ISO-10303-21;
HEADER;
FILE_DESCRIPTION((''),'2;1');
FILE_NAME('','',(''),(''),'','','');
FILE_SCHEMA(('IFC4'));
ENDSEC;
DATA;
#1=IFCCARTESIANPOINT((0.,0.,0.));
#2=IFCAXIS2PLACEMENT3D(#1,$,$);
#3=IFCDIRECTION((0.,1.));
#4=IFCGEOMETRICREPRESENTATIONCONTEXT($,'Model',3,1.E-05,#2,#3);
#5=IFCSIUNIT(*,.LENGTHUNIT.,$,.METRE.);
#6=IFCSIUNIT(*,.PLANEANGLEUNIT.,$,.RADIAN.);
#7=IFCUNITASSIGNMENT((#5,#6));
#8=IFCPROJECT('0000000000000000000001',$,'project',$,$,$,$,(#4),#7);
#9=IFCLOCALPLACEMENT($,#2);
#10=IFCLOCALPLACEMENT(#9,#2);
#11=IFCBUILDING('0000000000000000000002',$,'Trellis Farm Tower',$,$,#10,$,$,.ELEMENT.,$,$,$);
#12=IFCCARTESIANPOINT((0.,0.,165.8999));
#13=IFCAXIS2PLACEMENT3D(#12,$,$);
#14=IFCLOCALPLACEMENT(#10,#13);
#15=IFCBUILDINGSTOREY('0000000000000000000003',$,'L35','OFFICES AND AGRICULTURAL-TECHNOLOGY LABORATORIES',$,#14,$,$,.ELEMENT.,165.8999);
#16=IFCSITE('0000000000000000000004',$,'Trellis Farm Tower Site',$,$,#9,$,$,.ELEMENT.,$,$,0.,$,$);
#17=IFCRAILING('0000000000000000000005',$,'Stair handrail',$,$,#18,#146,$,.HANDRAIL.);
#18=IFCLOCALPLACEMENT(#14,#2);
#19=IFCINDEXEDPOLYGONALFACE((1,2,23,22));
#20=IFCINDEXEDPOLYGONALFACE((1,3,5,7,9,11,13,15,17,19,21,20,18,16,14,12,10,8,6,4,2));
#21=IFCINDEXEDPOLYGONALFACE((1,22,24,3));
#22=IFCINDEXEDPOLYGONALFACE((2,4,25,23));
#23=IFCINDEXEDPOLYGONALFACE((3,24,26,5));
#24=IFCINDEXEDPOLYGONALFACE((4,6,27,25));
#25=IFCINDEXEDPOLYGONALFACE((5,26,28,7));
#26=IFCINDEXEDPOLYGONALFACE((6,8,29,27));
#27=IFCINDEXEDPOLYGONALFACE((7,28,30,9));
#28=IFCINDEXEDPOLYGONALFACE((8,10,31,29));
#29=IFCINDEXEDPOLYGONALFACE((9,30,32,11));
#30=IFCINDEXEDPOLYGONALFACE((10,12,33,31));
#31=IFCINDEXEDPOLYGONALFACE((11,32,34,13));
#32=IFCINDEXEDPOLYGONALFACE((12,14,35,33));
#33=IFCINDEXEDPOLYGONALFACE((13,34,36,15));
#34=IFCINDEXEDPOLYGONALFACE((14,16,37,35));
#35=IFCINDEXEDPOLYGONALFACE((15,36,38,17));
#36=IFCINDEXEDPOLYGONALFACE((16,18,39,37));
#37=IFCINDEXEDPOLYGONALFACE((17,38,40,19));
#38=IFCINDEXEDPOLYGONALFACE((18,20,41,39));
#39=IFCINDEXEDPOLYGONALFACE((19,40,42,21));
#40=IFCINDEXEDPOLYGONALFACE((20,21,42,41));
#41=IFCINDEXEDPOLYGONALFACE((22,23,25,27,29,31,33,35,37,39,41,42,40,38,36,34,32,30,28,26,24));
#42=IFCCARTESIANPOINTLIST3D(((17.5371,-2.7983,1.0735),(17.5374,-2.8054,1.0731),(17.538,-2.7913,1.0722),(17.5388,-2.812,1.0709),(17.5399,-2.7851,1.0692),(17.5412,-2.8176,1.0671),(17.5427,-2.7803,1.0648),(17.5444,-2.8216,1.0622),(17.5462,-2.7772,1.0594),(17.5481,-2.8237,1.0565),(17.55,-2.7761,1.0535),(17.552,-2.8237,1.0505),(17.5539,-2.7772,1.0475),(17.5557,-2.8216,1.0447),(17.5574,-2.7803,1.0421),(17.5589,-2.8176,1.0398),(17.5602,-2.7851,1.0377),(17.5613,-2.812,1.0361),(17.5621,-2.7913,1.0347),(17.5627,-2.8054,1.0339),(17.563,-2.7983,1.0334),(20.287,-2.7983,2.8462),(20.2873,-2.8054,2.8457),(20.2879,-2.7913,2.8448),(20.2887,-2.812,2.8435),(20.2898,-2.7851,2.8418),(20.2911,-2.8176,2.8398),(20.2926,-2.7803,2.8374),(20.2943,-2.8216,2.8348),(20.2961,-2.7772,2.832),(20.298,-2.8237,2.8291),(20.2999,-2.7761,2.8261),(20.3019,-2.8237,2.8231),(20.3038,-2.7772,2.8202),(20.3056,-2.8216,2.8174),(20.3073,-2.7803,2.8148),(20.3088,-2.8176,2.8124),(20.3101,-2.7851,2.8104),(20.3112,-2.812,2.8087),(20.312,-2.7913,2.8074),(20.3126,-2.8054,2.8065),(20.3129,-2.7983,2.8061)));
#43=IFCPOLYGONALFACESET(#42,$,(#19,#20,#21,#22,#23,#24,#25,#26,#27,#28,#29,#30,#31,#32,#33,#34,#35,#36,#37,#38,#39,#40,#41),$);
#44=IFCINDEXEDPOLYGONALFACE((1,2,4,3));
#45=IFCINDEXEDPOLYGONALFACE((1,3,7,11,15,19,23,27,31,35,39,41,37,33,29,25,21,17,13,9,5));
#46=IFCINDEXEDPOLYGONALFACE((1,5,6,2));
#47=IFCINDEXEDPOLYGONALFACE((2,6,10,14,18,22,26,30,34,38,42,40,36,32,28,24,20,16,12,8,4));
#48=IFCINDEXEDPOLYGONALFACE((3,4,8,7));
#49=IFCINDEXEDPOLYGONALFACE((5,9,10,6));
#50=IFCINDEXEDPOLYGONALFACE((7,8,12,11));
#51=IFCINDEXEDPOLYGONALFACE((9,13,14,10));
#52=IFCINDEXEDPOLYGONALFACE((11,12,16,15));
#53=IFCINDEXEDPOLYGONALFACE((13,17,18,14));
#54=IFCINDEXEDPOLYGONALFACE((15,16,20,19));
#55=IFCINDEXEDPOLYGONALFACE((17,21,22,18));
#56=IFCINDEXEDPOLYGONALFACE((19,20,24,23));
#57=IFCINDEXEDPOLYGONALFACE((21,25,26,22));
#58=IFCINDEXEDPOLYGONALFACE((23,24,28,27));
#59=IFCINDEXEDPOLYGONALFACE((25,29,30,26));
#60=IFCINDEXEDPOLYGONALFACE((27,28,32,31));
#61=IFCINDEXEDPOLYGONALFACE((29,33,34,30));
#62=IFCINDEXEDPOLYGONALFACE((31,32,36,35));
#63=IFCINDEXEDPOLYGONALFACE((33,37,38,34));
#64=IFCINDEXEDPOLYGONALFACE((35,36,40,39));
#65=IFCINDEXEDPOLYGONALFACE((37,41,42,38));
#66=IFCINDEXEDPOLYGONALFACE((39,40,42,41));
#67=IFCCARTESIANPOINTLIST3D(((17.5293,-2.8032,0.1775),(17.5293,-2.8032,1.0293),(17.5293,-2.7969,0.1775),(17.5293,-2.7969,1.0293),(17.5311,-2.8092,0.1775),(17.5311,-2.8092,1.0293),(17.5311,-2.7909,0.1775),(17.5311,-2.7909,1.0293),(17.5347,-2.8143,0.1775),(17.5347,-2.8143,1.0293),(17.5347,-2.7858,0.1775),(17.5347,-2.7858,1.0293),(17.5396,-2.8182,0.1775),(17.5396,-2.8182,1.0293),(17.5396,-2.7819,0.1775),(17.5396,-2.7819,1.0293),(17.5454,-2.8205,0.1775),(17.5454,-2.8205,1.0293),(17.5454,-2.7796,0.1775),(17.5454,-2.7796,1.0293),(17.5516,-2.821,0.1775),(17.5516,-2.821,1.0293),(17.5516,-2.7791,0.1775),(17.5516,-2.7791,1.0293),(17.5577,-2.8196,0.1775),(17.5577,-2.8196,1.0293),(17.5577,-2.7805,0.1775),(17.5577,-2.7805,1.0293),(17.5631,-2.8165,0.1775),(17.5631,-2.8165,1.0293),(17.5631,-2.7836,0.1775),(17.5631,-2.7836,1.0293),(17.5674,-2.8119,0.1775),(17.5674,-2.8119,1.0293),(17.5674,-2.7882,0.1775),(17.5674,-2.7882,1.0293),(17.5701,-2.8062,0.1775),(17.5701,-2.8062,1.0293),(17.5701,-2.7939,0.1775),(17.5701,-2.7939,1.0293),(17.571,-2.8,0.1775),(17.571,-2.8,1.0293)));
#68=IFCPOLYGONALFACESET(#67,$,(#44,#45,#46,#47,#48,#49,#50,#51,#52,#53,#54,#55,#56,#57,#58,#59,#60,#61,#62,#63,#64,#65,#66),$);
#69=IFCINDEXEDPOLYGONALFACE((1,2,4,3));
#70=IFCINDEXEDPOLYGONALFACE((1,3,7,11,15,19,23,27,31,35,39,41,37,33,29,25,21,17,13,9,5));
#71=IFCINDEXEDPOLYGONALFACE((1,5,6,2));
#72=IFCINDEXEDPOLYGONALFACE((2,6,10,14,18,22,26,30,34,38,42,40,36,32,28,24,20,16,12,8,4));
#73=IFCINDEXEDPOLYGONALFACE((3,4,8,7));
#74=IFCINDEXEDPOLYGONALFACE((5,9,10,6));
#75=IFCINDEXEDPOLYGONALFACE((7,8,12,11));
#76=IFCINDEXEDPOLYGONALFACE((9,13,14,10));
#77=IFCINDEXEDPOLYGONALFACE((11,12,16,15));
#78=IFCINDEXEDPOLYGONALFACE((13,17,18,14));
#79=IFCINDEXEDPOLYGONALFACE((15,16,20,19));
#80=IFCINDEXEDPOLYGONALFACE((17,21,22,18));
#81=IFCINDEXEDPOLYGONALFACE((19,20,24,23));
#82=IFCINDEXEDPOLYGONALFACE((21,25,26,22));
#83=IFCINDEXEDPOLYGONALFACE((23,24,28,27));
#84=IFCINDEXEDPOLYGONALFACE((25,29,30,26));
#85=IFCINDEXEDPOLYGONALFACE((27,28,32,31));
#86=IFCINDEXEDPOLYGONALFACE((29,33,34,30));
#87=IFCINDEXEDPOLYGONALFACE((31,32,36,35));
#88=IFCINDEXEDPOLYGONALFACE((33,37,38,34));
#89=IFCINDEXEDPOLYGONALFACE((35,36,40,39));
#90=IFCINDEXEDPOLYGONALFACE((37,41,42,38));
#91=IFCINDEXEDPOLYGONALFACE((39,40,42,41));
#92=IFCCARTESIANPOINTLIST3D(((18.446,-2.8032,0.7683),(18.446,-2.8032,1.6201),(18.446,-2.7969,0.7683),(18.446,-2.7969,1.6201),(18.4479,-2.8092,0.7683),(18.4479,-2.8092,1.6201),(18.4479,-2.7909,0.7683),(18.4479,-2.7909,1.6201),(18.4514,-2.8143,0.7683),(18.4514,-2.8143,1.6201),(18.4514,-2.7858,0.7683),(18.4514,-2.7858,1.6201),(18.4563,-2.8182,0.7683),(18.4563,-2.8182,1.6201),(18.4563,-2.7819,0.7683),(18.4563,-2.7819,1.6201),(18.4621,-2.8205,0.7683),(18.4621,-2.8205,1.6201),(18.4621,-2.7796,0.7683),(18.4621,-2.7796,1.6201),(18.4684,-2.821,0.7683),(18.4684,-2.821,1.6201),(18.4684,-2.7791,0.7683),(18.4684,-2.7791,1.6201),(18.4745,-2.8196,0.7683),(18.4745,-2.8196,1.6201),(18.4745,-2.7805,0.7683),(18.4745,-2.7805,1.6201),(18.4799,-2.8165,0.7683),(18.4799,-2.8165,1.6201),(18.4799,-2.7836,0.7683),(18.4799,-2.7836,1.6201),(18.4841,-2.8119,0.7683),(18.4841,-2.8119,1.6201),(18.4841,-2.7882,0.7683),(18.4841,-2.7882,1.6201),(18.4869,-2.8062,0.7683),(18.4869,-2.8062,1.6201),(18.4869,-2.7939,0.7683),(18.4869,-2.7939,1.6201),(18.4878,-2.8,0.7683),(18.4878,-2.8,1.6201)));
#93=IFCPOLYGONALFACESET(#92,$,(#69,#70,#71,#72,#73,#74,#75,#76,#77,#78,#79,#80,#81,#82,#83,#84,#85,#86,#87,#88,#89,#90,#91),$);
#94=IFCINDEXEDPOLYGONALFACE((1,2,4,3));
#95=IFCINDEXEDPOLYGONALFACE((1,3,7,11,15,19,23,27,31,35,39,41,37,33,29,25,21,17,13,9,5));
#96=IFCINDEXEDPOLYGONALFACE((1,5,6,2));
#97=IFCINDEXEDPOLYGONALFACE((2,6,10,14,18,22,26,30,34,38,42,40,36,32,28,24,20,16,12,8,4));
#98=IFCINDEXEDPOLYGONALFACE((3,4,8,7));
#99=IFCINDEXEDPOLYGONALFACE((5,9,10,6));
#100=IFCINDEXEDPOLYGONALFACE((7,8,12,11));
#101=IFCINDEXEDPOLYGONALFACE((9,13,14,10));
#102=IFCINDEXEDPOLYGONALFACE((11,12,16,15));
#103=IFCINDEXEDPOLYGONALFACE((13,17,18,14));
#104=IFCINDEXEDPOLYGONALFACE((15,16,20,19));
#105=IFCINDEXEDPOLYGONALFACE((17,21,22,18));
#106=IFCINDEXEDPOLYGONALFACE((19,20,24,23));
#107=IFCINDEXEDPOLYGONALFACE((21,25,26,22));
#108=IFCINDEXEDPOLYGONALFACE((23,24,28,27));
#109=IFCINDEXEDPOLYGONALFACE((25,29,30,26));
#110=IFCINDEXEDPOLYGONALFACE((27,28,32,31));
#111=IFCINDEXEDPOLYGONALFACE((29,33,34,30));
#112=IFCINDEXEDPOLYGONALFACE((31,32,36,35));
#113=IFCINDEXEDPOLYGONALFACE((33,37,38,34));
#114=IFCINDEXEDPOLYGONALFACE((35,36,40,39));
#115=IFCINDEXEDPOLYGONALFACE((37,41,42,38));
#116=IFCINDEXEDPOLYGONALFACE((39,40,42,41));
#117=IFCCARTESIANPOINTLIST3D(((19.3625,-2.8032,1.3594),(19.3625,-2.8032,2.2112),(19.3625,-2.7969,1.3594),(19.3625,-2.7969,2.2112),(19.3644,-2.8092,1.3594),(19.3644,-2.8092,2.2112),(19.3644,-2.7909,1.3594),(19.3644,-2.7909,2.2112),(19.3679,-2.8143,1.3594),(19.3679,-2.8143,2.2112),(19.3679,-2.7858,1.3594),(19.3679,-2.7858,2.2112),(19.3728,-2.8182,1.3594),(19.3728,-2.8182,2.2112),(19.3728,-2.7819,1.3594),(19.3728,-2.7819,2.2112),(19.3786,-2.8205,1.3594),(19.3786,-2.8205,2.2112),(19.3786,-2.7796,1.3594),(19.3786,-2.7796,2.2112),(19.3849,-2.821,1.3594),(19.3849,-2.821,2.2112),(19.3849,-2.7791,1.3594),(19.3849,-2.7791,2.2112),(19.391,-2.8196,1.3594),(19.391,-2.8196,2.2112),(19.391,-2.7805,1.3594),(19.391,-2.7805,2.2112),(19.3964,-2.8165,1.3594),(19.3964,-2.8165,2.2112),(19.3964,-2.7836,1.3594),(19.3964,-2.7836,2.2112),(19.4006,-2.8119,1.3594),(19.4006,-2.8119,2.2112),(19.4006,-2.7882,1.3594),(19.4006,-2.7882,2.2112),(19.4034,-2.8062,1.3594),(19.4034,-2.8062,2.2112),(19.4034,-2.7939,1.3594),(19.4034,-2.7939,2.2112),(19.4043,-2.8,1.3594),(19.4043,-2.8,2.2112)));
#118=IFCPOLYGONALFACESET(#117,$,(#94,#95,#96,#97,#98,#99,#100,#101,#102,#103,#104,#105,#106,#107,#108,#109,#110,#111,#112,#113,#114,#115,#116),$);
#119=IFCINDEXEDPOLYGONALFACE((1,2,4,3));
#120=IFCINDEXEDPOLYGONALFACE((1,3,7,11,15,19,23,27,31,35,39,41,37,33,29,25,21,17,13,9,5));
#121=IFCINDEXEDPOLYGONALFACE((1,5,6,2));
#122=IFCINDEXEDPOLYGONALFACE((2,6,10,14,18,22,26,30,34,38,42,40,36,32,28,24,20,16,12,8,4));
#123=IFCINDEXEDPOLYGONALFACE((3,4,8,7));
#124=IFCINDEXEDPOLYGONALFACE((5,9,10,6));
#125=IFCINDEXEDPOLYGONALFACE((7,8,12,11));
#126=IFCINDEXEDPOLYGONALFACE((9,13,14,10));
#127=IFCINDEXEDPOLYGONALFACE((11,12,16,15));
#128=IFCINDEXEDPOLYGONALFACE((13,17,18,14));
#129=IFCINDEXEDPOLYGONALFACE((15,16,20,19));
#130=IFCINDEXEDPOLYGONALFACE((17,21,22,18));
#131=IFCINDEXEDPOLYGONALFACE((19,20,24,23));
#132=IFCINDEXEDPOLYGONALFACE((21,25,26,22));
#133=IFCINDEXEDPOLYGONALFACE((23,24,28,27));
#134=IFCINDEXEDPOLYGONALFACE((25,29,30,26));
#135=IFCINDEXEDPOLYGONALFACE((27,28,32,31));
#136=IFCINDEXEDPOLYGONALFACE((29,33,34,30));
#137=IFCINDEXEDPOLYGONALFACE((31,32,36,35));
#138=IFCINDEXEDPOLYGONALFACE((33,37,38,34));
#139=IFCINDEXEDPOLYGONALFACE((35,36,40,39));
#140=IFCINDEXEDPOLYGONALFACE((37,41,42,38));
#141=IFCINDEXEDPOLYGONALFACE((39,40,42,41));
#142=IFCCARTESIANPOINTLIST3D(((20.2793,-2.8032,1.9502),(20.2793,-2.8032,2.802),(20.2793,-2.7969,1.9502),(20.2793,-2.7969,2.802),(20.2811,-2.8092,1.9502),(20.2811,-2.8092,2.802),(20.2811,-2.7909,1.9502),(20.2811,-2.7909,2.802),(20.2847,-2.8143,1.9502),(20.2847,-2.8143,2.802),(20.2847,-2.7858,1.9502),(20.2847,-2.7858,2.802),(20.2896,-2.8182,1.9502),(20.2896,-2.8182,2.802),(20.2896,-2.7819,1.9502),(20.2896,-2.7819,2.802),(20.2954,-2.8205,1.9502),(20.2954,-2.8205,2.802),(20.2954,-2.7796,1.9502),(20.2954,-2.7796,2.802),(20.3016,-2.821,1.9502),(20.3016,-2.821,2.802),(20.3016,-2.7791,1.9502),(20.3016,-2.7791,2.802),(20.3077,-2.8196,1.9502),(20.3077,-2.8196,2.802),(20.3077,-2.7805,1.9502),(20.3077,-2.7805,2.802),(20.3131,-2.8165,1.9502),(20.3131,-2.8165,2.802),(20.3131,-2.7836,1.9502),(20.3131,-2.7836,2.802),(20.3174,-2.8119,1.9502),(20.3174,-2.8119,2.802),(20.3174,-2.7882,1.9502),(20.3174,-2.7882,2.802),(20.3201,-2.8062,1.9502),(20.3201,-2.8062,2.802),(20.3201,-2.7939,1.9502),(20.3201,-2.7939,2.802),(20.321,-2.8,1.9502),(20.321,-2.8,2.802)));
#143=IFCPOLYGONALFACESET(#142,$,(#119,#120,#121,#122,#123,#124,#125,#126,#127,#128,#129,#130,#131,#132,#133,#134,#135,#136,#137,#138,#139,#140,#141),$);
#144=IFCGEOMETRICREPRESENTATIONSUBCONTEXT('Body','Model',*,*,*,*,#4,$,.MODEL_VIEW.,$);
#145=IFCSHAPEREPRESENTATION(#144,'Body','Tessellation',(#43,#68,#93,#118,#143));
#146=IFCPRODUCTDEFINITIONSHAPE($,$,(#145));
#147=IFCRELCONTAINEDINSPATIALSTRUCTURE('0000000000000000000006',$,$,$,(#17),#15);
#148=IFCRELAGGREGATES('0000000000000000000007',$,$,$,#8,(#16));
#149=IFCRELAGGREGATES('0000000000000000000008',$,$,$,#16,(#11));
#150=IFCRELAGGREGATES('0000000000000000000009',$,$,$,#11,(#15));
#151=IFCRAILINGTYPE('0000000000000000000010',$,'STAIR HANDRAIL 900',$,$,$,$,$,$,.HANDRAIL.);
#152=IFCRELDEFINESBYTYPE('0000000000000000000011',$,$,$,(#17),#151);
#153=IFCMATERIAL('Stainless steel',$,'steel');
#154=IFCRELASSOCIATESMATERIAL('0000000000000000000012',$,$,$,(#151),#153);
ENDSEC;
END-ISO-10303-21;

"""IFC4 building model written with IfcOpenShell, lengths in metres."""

from ifc_helpers import new_model, si_unit, direction, frame, origin, origin_2d, place, context, subcontext, project, spatial, circle, extrude, source, transform, mapped, material, type_object, element, save


model = new_model("IFC4")

# Units and contexts
model_context = context("Model", 3, precision=1e-05, world=origin(), true_north=direction((0.0, 1.0)))
body_context = subcontext(model_context, "Body", "Model", "MODEL_VIEW")
ifc_project = project(units=[si_unit("LENGTHUNIT", "METRE"), si_unit("PLANEANGLEUNIT", "RADIAN")], contexts=[model_context])

# Site, building, storey
site_placement = place(None, origin())
site = spatial("IfcSite", under=ifc_project, at=site_placement, Name="Trellis Farm Tower Site", CompositionType="ELEMENT", RefElevation=0.0)
building_placement = place(site_placement, origin())
building = spatial("IfcBuilding", under=site, at=building_placement, Name="Trellis Farm Tower", CompositionType="ELEMENT")
storey_placement = place(building_placement, frame((0.0, 0.0, 165.8999)))
storey = spatial("IfcBuildingStorey", under=building, at=storey_placement, Name="L35", Description="OFFICES AND AGRICULTURAL-TECHNOLOGY LABORATORIES", CompositionType="ELEMENT", Elevation=165.8999)

# Railing
ifc_material_1 = material(Name="Stainless steel", Category="steel")
railing_type = type_object("IfcRailingType", Name="STAIR HANDRAIL 900", PredefinedType="HANDRAIL", material=ifc_material_1)
shared_shape_1 = source(origin(), body_context, "Body", "SweptSolid", [
    extrude(circle(Radius=0.0239, at=origin_2d()), frame((0.0, 0.0, 0.876), z_axis=(0.840504, 0.0, 0.541806), x_axis=(0.0, 1.0, 0.0)), (0.0, 0.0, 1.0), 3.2717),
    extrude(circle(Radius=0.021, at=origin_2d()), origin(), (0.0, 0.0, 1.0), 0.8518),
    extrude(circle(Radius=0.021, at=origin_2d()), frame((0.9167, 0.0, 0.5908)), (0.0, 0.0, 1.0), 0.8518),
    extrude(circle(Radius=0.021, at=origin_2d()), frame((1.8333, 0.0, 1.1819)), (0.0, 0.0, 1.0), 0.8518),
    extrude(circle(Radius=0.021, at=origin_2d()), frame((2.75, 0.0, 1.7727)), (0.0, 0.0, 1.0), 0.8518),
])
for number, where, name in (
    (1, (17.55, -2.8, 0.1775), "Stair handrail"),
):
    element("IfcRailing", number, at=place(storey_placement, frame(where)), inside=storey, type_object=railing_type, Name=name, PredefinedType="HANDRAIL", context=body_context, shape_type="MappedRepresentation", body=[
        mapped(shared_shape_1, transform((0.0, 0.0, 0.0))),
    ])

save(model, "model.ifc")
